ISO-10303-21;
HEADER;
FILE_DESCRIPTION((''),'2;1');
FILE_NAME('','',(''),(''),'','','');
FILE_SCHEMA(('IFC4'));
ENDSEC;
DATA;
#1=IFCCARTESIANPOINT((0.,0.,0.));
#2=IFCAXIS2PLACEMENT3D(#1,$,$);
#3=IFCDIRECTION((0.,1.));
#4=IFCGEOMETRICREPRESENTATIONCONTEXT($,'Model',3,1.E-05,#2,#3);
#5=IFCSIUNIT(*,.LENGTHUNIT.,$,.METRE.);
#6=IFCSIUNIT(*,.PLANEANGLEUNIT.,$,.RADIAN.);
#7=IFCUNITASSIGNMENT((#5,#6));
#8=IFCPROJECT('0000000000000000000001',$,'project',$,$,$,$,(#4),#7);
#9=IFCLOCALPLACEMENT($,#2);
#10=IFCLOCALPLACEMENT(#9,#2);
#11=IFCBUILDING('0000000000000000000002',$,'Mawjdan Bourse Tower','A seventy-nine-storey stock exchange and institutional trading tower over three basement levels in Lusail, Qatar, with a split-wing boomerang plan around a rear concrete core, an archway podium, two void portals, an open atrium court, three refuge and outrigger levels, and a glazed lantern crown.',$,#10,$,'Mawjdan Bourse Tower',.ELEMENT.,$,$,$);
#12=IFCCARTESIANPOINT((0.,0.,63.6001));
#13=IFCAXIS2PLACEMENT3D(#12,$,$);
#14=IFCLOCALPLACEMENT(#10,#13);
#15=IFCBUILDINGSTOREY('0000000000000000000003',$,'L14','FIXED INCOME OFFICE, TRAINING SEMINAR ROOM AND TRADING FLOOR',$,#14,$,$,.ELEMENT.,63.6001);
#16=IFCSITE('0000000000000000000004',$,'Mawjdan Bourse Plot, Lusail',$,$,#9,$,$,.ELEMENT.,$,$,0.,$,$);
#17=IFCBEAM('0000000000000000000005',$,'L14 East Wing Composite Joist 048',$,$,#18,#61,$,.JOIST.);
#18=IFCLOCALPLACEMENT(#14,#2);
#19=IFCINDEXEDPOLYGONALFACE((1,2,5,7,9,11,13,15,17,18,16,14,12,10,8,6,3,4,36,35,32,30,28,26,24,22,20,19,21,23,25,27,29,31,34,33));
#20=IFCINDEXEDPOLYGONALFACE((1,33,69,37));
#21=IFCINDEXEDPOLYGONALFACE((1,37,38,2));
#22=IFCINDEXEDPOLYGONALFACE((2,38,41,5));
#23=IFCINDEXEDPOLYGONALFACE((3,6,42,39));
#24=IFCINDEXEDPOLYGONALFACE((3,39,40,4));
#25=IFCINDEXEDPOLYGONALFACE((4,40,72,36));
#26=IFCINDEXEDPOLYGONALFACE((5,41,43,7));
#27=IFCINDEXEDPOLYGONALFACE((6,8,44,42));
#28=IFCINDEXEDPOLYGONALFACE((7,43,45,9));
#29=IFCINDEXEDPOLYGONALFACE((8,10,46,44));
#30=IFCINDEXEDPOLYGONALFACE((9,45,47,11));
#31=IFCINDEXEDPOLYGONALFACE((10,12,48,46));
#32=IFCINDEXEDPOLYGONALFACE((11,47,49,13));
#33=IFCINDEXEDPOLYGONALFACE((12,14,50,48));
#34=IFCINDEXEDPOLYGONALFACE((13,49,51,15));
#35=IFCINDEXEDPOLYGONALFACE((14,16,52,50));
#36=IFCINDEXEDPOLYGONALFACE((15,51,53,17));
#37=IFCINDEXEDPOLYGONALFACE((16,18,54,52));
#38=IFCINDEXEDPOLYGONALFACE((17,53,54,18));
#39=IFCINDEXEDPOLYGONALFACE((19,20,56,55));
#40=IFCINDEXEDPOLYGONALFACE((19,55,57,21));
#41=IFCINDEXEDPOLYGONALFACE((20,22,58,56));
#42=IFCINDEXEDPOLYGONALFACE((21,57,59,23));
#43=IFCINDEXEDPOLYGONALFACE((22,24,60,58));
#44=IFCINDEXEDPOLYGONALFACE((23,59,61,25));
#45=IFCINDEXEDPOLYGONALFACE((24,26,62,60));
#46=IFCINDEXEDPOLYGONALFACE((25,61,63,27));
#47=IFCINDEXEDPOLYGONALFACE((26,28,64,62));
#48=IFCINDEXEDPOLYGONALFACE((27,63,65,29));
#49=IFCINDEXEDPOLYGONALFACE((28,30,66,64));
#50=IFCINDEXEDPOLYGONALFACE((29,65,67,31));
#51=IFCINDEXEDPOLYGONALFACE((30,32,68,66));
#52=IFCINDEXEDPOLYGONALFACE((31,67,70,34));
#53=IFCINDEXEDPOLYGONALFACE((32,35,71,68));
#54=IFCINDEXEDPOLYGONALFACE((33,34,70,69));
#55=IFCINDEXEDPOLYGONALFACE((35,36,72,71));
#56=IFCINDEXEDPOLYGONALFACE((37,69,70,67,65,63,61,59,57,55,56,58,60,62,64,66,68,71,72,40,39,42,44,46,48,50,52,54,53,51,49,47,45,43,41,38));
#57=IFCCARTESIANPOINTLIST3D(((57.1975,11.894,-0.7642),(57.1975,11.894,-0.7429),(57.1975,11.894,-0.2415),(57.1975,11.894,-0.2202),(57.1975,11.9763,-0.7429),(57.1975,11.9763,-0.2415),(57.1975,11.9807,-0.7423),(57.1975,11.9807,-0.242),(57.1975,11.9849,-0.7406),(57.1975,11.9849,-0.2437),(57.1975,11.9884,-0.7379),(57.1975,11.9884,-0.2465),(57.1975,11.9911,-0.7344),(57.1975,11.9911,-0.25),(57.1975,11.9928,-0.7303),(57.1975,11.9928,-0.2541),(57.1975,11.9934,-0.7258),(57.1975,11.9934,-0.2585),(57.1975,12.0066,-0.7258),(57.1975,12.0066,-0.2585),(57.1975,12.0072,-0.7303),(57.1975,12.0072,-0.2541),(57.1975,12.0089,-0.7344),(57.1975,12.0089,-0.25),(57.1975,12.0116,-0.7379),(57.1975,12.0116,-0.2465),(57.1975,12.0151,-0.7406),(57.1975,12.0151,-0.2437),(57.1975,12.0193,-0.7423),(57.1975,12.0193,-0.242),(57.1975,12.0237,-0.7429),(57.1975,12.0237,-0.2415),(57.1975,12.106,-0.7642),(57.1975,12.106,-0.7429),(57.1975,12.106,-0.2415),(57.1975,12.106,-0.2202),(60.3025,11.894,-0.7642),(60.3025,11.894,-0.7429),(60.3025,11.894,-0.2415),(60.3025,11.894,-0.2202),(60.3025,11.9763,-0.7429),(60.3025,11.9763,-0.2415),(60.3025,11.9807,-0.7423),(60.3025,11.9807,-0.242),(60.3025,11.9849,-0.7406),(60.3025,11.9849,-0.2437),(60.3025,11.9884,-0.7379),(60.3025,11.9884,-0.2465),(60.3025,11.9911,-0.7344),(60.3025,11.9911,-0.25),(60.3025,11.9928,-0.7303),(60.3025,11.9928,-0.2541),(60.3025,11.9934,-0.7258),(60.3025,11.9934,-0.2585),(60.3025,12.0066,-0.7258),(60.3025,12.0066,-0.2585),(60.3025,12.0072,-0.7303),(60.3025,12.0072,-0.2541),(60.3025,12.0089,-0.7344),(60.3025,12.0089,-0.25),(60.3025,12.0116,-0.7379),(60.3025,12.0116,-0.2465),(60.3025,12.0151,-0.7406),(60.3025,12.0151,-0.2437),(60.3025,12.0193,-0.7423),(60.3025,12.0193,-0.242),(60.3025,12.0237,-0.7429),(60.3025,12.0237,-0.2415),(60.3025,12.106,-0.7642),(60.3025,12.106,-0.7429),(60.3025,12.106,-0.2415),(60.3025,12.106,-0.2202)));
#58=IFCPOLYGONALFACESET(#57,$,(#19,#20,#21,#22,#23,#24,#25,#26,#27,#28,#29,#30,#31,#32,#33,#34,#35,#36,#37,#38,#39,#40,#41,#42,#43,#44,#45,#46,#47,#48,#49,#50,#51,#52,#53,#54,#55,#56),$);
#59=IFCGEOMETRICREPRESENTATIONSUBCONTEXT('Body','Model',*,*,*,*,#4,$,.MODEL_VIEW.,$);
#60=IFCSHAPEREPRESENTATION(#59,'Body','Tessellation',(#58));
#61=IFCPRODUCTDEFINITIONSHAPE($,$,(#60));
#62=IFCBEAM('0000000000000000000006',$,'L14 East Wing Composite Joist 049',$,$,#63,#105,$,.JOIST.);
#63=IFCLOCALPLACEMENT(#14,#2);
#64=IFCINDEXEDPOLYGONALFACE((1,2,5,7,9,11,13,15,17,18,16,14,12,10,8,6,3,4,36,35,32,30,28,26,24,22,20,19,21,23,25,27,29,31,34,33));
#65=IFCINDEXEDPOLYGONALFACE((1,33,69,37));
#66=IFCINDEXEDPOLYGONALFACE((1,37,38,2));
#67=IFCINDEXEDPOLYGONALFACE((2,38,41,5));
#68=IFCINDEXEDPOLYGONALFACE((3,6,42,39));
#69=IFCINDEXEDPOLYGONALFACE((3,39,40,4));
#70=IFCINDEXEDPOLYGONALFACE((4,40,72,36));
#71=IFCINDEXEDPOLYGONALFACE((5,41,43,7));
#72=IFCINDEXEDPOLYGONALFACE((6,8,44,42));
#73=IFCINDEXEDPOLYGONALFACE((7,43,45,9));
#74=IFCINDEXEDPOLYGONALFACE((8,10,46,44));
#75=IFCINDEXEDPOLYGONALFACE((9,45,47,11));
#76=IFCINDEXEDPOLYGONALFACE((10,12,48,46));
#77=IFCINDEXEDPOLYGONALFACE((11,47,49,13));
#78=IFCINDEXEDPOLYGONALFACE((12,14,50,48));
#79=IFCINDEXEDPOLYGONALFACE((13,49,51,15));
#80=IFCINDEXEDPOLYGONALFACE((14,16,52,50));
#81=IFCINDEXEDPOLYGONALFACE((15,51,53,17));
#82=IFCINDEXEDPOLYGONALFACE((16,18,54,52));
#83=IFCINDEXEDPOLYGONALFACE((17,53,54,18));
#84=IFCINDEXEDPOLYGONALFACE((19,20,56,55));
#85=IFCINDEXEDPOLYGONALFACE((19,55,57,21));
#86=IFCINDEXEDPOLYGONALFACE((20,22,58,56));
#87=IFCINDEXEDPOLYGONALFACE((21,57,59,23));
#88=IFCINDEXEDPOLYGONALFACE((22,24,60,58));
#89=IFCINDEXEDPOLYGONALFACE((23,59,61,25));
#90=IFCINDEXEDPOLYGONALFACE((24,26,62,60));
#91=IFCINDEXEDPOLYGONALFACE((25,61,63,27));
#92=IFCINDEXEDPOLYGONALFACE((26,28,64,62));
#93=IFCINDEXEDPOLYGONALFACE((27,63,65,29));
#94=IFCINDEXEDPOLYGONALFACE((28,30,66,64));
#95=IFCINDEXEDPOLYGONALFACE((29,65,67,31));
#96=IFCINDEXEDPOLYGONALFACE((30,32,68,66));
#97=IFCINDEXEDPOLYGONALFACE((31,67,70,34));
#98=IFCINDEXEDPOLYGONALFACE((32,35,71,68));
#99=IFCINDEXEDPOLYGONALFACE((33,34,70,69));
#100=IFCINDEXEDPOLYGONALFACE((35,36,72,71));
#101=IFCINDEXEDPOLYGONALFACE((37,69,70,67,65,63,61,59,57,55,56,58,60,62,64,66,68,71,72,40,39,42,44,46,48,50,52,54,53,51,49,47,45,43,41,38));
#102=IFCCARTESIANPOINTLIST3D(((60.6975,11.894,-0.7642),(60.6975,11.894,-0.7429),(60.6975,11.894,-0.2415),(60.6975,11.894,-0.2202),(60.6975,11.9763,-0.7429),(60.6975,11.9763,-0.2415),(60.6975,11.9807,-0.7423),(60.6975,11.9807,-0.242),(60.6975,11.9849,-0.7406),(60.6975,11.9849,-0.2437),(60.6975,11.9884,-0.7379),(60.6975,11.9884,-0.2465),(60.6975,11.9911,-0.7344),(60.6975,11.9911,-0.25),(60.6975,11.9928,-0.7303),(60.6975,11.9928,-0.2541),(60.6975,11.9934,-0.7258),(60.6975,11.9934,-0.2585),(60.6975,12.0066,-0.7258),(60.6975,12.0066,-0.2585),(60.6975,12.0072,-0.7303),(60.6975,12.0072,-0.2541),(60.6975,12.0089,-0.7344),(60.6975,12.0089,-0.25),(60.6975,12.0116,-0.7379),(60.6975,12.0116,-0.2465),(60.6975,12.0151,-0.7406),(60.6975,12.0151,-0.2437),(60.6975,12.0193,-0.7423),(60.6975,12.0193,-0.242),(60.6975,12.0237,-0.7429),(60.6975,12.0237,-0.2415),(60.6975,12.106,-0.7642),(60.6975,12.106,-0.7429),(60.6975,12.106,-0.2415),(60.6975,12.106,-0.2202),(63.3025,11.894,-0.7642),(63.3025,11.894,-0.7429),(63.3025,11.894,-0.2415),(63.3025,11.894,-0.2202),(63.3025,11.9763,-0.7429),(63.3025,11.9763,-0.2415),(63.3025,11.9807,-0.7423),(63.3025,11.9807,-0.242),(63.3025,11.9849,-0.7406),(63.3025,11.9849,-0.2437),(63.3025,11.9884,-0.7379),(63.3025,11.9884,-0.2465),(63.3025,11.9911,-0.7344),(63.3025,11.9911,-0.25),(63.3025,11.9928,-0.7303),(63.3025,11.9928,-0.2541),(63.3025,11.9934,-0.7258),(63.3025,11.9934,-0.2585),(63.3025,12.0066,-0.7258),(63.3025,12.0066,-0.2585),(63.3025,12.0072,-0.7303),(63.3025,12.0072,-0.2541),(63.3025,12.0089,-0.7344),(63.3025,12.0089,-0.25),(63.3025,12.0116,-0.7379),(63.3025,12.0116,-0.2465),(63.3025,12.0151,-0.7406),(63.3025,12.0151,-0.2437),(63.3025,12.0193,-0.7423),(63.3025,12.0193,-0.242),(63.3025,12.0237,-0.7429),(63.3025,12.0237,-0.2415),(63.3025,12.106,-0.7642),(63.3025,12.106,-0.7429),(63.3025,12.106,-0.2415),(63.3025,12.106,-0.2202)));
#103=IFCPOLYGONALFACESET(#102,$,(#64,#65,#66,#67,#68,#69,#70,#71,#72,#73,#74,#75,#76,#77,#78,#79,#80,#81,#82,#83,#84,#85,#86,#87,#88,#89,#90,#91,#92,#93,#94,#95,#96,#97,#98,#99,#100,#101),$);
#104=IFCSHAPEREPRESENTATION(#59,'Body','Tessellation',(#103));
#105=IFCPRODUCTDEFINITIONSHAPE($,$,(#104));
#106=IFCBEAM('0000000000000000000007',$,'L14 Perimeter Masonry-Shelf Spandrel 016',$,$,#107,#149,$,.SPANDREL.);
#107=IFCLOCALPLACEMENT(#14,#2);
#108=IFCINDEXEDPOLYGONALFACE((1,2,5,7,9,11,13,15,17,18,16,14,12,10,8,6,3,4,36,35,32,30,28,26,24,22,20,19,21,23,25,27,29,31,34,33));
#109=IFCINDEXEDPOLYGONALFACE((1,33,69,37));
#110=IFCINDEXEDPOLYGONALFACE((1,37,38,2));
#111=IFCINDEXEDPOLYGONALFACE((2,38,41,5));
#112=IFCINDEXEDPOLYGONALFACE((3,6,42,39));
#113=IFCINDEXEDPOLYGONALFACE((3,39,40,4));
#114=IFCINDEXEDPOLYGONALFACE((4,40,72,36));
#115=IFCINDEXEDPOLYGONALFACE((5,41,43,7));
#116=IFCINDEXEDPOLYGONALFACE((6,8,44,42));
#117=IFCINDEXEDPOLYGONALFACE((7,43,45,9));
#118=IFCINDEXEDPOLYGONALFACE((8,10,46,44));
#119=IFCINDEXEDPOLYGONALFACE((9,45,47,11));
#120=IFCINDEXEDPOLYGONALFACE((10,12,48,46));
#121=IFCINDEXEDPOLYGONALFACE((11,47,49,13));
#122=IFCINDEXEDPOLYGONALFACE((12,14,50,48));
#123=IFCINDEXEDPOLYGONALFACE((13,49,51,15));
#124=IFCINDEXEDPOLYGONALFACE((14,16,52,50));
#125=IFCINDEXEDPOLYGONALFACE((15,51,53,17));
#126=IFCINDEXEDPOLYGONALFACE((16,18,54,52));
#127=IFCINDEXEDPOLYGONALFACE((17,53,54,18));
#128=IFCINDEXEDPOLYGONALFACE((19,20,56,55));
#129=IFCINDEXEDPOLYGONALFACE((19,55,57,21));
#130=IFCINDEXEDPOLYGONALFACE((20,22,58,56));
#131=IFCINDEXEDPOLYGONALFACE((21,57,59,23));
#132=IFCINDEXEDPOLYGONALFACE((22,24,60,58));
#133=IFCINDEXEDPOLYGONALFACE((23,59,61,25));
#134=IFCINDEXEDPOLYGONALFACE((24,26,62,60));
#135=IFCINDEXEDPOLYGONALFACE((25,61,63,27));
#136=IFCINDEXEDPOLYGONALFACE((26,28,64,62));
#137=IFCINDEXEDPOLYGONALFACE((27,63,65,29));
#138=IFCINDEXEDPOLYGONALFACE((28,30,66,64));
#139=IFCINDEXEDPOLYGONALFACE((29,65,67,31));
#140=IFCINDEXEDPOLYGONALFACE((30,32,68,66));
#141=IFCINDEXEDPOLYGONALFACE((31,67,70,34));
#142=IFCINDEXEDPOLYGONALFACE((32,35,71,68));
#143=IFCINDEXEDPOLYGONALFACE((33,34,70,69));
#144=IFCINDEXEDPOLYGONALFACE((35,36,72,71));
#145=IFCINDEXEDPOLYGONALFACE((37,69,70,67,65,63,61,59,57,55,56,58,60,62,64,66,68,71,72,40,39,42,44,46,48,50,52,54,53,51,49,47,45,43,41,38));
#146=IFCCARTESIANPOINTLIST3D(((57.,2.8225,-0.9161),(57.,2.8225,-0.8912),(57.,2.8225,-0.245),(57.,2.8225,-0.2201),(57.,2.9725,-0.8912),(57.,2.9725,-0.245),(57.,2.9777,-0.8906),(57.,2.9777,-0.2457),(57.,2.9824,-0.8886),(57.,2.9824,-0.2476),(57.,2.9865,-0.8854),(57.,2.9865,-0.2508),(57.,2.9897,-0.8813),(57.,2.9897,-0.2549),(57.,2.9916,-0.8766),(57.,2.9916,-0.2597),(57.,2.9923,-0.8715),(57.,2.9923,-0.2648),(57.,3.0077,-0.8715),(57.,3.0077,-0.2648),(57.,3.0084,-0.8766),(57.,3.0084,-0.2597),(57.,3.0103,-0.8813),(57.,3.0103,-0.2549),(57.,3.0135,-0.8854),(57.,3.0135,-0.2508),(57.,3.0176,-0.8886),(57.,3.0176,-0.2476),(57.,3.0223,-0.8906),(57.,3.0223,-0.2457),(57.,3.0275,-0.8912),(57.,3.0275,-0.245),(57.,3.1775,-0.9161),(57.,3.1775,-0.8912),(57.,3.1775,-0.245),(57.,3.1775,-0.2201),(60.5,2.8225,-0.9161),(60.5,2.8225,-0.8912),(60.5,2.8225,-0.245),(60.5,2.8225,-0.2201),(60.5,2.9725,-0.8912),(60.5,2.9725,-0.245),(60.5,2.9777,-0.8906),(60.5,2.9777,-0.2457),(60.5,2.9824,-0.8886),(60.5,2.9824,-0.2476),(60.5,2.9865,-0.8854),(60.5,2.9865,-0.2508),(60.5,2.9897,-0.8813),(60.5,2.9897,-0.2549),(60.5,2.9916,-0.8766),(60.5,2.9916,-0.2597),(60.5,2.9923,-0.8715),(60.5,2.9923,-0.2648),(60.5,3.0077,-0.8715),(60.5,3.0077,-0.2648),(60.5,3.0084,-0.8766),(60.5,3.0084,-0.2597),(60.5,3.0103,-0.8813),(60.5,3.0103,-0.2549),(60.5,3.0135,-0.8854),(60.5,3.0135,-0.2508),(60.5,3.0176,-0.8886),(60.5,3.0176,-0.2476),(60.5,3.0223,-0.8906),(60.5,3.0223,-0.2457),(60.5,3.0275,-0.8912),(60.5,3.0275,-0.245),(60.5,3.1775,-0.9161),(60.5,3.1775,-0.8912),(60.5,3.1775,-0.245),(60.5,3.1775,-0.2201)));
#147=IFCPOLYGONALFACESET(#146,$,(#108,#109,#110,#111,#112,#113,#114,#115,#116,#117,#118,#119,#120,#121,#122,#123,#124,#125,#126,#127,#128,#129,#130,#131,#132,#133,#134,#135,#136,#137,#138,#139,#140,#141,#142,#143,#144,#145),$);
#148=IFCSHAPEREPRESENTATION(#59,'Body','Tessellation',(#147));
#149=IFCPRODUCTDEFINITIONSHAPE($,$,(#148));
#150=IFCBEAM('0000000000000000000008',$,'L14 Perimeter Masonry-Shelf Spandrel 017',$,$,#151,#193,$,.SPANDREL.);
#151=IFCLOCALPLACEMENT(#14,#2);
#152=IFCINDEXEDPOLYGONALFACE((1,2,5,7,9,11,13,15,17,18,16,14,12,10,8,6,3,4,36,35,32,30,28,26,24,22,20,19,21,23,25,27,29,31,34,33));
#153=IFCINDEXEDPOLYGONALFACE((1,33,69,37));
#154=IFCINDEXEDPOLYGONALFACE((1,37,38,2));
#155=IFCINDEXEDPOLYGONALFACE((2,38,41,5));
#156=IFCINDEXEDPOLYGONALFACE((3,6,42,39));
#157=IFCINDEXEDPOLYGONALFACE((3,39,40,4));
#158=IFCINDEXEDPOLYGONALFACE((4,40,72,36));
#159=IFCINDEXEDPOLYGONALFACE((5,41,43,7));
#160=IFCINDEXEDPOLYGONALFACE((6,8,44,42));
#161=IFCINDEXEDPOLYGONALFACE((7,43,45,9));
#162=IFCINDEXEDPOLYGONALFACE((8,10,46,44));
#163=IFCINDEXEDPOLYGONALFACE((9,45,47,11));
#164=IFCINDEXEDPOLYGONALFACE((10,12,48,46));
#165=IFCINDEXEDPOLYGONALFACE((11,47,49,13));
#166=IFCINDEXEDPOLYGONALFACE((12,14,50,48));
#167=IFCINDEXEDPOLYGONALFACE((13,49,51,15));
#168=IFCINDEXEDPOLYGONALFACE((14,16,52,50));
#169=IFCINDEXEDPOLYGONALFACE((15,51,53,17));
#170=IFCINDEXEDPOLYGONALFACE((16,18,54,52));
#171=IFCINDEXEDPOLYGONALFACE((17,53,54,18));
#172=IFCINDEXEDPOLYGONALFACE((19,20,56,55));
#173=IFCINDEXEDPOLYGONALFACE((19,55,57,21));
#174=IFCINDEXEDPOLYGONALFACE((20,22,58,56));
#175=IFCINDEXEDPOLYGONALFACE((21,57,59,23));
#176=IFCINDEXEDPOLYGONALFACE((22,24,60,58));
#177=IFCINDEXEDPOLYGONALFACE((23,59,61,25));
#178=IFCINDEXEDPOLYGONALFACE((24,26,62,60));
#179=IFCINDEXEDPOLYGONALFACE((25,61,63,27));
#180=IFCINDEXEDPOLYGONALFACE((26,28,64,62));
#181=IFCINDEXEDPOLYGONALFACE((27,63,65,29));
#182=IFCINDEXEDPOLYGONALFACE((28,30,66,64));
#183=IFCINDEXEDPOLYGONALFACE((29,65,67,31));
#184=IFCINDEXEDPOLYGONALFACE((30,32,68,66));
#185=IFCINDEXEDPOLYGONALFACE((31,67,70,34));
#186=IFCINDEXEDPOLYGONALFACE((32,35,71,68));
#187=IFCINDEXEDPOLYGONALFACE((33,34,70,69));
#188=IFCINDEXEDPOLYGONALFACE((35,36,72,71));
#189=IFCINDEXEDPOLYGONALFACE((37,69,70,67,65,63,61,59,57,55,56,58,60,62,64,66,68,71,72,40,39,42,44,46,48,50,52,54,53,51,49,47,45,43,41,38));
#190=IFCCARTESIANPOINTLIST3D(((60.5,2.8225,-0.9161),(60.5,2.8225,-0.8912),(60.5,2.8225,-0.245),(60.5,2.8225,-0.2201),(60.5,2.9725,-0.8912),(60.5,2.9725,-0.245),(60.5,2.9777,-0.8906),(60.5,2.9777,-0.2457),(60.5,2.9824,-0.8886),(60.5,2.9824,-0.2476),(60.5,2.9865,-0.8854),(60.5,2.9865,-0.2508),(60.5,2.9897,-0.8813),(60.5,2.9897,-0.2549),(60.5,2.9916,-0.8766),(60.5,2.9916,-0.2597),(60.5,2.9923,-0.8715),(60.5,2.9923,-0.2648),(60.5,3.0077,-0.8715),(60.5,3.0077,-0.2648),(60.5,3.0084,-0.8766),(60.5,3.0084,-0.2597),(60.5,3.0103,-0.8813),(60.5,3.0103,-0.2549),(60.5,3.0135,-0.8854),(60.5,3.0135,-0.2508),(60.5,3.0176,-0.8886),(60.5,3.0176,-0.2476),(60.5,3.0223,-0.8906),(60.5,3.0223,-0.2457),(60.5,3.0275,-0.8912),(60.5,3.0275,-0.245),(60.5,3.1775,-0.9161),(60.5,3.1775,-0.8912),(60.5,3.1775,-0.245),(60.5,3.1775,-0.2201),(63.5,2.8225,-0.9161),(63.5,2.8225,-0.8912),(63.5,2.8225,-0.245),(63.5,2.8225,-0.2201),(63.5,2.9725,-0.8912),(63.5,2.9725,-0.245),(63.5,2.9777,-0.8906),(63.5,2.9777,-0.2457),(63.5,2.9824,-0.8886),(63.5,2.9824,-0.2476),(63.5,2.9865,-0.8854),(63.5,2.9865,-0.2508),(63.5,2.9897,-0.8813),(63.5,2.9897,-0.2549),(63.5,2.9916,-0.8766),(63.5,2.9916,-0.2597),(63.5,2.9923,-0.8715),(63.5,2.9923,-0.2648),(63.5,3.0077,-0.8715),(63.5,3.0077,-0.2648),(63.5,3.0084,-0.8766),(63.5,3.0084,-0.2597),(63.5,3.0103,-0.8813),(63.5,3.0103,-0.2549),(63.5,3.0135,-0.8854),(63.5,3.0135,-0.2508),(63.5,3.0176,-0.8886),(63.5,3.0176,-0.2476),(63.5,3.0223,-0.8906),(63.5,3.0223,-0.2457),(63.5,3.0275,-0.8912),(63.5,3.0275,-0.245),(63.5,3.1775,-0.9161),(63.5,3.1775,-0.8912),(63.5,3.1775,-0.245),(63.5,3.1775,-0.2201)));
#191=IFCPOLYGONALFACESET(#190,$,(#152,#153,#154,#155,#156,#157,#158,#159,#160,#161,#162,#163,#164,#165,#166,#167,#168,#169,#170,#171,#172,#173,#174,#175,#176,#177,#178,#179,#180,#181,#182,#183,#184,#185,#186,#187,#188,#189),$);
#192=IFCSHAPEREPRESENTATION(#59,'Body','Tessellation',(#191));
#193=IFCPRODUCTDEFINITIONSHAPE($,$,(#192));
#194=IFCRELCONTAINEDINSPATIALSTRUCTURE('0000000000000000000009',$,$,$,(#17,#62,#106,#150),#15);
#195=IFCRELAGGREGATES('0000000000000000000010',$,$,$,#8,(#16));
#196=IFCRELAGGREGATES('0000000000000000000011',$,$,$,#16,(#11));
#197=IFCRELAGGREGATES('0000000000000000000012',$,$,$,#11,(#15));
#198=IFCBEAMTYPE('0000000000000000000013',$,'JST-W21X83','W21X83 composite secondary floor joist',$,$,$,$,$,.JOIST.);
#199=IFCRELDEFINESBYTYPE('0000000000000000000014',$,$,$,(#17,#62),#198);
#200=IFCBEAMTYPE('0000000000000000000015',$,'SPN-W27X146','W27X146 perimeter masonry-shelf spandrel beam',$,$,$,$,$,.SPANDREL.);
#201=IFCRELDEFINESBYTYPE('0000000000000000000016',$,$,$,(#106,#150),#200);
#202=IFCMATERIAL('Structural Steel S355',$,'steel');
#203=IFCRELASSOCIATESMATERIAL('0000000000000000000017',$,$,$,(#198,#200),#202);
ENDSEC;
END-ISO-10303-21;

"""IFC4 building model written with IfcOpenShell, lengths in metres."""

from ifc_helpers import new_model, si_unit, direction, frame, origin, origin_2d, place, context, subcontext, project, spatial, i_section, extrude, material, material_profile, profile_set, type_object, element, save


model = new_model("IFC4")

# Units and contexts
model_context = context("Model", 3, precision=1e-05, world=origin(), true_north=direction((0.0, 1.0)))
body_context = subcontext(model_context, "Body", "Model", "MODEL_VIEW")
ifc_project = project(units=[si_unit("LENGTHUNIT", "METRE"), si_unit("PLANEANGLEUNIT", "RADIAN")], contexts=[model_context])

# Site, building, storey
site_placement = place(None, origin())
site = spatial("IfcSite", under=ifc_project, at=site_placement, Name="Mawjdan Bourse Plot, Lusail", CompositionType="ELEMENT", RefElevation=0.0)
building_placement = place(site_placement, origin())
building = spatial("IfcBuilding", under=site, at=building_placement, Name="Mawjdan Bourse Tower", Description="A seventy-nine-storey stock exchange and institutional trading tower over three basement levels in Lusail, Qatar, with a split-wing boomerang plan around a rear concrete core, an archway podium, two void portals, an open atrium court, three refuge and outrigger levels, and a glazed lantern crown.", LongName="Mawjdan Bourse Tower", CompositionType="ELEMENT")
storey_placement = place(building_placement, frame((0.0, 0.0, 63.6001)))
storey = spatial("IfcBuildingStorey", under=building, at=storey_placement, Name="L14", Description="FIXED INCOME OFFICE, TRAINING SEMINAR ROOM AND TRADING FLOOR", CompositionType="ELEMENT", Elevation=63.6001)

# Beams
ifc_material_1 = material(Name="Structural Steel S355", Category="steel")
ifc_material_profile_1 = material_profile(ifc_material_1, i_section(OverallWidth=0.2119, OverallDepth=0.5439, WebThickness=0.0132, FlangeThickness=0.0212, FilletRadius=0.0171, at=origin_2d()), Name="W21X83")
ifc_profile_set_1 = profile_set([ifc_material_profile_1], Name="Structural Steel S355")
beam_type_1 = type_object("IfcBeamType", Name="JST-W21X83", Description="W21X83 composite secondary floor joist", PredefinedType="JOIST", material=ifc_profile_set_1)
beam_1_placement = place(storey_placement, frame((57.1975, 12.0, -0.4922), z_axis=(1.0, 0.0, 0.0), x_axis=(0.0, 1.0, 0.0)))
element("IfcBeam", 1, at=beam_1_placement, inside=storey, type_object=beam_type_1, Name="L14 East Wing Composite Joist 048", PredefinedType="JOIST", context=body_context, shape_type="SweptSolid", body=[
    extrude(i_section(OverallWidth=0.2119, OverallDepth=0.5439, WebThickness=0.0132, FlangeThickness=0.0212, FilletRadius=0.0171, at=origin_2d()), origin(), (0.0, 0.0, 1.0), 3.105),
])
beam_2_placement = place(storey_placement, frame((60.6975, 12.0, -0.4922), z_axis=(1.0, 0.0, 0.0), x_axis=(0.0, 1.0, 0.0)))
element("IfcBeam", 2, at=beam_2_placement, inside=storey, type_object=beam_type_1, Name="L14 East Wing Composite Joist 049", PredefinedType="JOIST", context=body_context, shape_type="SweptSolid", body=[
    extrude(i_section(OverallWidth=0.2119, OverallDepth=0.5439, WebThickness=0.0132, FlangeThickness=0.0212, FilletRadius=0.0171, at=origin_2d()), origin(), (0.0, 0.0, 1.0), 2.605),
])
ifc_material_profile_2 = material_profile(ifc_material_1, i_section(OverallWidth=0.355, OverallDepth=0.696, WebThickness=0.0154, FlangeThickness=0.0249, FilletRadius=0.0198, at=origin_2d()), Name="W27X146")
ifc_profile_set_2 = profile_set([ifc_material_profile_2], Name="Structural Steel S355")
beam_type_2 = type_object("IfcBeamType", Name="SPN-W27X146", Description="W27X146 perimeter masonry-shelf spandrel beam", PredefinedType="SPANDREL", material=ifc_profile_set_2)
beam_3_placement = place(storey_placement, frame((57.0, 3.0, -0.5681), z_axis=(1.0, 0.0, 0.0), x_axis=(0.0, 1.0, 0.0)))
element("IfcBeam", 3, at=beam_3_placement, inside=storey, type_object=beam_type_2, Name="L14 Perimeter Masonry-Shelf Spandrel 016", PredefinedType="SPANDREL", context=body_context, shape_type="SweptSolid", body=[
    extrude(i_section(OverallWidth=0.355, OverallDepth=0.696, WebThickness=0.0154, FlangeThickness=0.0249, FilletRadius=0.0198, at=origin_2d()), origin(), (0.0, 0.0, 1.0), 3.5),
])
beam_4_placement = place(storey_placement, frame((60.5, 3.0, -0.5681), z_axis=(1.0, 0.0, 0.0), x_axis=(0.0, 1.0, 0.0)))
element("IfcBeam", 4, at=beam_4_placement, inside=storey, type_object=beam_type_2, Name="L14 Perimeter Masonry-Shelf Spandrel 017", PredefinedType="SPANDREL", context=body_context, shape_type="SweptSolid", body=[
    extrude(i_section(OverallWidth=0.355, OverallDepth=0.696, WebThickness=0.0154, FlangeThickness=0.0249, FilletRadius=0.0198, at=origin_2d()), origin(), (0.0, 0.0, 1.0), 3.0),
])

save(model, "model.ifc")
